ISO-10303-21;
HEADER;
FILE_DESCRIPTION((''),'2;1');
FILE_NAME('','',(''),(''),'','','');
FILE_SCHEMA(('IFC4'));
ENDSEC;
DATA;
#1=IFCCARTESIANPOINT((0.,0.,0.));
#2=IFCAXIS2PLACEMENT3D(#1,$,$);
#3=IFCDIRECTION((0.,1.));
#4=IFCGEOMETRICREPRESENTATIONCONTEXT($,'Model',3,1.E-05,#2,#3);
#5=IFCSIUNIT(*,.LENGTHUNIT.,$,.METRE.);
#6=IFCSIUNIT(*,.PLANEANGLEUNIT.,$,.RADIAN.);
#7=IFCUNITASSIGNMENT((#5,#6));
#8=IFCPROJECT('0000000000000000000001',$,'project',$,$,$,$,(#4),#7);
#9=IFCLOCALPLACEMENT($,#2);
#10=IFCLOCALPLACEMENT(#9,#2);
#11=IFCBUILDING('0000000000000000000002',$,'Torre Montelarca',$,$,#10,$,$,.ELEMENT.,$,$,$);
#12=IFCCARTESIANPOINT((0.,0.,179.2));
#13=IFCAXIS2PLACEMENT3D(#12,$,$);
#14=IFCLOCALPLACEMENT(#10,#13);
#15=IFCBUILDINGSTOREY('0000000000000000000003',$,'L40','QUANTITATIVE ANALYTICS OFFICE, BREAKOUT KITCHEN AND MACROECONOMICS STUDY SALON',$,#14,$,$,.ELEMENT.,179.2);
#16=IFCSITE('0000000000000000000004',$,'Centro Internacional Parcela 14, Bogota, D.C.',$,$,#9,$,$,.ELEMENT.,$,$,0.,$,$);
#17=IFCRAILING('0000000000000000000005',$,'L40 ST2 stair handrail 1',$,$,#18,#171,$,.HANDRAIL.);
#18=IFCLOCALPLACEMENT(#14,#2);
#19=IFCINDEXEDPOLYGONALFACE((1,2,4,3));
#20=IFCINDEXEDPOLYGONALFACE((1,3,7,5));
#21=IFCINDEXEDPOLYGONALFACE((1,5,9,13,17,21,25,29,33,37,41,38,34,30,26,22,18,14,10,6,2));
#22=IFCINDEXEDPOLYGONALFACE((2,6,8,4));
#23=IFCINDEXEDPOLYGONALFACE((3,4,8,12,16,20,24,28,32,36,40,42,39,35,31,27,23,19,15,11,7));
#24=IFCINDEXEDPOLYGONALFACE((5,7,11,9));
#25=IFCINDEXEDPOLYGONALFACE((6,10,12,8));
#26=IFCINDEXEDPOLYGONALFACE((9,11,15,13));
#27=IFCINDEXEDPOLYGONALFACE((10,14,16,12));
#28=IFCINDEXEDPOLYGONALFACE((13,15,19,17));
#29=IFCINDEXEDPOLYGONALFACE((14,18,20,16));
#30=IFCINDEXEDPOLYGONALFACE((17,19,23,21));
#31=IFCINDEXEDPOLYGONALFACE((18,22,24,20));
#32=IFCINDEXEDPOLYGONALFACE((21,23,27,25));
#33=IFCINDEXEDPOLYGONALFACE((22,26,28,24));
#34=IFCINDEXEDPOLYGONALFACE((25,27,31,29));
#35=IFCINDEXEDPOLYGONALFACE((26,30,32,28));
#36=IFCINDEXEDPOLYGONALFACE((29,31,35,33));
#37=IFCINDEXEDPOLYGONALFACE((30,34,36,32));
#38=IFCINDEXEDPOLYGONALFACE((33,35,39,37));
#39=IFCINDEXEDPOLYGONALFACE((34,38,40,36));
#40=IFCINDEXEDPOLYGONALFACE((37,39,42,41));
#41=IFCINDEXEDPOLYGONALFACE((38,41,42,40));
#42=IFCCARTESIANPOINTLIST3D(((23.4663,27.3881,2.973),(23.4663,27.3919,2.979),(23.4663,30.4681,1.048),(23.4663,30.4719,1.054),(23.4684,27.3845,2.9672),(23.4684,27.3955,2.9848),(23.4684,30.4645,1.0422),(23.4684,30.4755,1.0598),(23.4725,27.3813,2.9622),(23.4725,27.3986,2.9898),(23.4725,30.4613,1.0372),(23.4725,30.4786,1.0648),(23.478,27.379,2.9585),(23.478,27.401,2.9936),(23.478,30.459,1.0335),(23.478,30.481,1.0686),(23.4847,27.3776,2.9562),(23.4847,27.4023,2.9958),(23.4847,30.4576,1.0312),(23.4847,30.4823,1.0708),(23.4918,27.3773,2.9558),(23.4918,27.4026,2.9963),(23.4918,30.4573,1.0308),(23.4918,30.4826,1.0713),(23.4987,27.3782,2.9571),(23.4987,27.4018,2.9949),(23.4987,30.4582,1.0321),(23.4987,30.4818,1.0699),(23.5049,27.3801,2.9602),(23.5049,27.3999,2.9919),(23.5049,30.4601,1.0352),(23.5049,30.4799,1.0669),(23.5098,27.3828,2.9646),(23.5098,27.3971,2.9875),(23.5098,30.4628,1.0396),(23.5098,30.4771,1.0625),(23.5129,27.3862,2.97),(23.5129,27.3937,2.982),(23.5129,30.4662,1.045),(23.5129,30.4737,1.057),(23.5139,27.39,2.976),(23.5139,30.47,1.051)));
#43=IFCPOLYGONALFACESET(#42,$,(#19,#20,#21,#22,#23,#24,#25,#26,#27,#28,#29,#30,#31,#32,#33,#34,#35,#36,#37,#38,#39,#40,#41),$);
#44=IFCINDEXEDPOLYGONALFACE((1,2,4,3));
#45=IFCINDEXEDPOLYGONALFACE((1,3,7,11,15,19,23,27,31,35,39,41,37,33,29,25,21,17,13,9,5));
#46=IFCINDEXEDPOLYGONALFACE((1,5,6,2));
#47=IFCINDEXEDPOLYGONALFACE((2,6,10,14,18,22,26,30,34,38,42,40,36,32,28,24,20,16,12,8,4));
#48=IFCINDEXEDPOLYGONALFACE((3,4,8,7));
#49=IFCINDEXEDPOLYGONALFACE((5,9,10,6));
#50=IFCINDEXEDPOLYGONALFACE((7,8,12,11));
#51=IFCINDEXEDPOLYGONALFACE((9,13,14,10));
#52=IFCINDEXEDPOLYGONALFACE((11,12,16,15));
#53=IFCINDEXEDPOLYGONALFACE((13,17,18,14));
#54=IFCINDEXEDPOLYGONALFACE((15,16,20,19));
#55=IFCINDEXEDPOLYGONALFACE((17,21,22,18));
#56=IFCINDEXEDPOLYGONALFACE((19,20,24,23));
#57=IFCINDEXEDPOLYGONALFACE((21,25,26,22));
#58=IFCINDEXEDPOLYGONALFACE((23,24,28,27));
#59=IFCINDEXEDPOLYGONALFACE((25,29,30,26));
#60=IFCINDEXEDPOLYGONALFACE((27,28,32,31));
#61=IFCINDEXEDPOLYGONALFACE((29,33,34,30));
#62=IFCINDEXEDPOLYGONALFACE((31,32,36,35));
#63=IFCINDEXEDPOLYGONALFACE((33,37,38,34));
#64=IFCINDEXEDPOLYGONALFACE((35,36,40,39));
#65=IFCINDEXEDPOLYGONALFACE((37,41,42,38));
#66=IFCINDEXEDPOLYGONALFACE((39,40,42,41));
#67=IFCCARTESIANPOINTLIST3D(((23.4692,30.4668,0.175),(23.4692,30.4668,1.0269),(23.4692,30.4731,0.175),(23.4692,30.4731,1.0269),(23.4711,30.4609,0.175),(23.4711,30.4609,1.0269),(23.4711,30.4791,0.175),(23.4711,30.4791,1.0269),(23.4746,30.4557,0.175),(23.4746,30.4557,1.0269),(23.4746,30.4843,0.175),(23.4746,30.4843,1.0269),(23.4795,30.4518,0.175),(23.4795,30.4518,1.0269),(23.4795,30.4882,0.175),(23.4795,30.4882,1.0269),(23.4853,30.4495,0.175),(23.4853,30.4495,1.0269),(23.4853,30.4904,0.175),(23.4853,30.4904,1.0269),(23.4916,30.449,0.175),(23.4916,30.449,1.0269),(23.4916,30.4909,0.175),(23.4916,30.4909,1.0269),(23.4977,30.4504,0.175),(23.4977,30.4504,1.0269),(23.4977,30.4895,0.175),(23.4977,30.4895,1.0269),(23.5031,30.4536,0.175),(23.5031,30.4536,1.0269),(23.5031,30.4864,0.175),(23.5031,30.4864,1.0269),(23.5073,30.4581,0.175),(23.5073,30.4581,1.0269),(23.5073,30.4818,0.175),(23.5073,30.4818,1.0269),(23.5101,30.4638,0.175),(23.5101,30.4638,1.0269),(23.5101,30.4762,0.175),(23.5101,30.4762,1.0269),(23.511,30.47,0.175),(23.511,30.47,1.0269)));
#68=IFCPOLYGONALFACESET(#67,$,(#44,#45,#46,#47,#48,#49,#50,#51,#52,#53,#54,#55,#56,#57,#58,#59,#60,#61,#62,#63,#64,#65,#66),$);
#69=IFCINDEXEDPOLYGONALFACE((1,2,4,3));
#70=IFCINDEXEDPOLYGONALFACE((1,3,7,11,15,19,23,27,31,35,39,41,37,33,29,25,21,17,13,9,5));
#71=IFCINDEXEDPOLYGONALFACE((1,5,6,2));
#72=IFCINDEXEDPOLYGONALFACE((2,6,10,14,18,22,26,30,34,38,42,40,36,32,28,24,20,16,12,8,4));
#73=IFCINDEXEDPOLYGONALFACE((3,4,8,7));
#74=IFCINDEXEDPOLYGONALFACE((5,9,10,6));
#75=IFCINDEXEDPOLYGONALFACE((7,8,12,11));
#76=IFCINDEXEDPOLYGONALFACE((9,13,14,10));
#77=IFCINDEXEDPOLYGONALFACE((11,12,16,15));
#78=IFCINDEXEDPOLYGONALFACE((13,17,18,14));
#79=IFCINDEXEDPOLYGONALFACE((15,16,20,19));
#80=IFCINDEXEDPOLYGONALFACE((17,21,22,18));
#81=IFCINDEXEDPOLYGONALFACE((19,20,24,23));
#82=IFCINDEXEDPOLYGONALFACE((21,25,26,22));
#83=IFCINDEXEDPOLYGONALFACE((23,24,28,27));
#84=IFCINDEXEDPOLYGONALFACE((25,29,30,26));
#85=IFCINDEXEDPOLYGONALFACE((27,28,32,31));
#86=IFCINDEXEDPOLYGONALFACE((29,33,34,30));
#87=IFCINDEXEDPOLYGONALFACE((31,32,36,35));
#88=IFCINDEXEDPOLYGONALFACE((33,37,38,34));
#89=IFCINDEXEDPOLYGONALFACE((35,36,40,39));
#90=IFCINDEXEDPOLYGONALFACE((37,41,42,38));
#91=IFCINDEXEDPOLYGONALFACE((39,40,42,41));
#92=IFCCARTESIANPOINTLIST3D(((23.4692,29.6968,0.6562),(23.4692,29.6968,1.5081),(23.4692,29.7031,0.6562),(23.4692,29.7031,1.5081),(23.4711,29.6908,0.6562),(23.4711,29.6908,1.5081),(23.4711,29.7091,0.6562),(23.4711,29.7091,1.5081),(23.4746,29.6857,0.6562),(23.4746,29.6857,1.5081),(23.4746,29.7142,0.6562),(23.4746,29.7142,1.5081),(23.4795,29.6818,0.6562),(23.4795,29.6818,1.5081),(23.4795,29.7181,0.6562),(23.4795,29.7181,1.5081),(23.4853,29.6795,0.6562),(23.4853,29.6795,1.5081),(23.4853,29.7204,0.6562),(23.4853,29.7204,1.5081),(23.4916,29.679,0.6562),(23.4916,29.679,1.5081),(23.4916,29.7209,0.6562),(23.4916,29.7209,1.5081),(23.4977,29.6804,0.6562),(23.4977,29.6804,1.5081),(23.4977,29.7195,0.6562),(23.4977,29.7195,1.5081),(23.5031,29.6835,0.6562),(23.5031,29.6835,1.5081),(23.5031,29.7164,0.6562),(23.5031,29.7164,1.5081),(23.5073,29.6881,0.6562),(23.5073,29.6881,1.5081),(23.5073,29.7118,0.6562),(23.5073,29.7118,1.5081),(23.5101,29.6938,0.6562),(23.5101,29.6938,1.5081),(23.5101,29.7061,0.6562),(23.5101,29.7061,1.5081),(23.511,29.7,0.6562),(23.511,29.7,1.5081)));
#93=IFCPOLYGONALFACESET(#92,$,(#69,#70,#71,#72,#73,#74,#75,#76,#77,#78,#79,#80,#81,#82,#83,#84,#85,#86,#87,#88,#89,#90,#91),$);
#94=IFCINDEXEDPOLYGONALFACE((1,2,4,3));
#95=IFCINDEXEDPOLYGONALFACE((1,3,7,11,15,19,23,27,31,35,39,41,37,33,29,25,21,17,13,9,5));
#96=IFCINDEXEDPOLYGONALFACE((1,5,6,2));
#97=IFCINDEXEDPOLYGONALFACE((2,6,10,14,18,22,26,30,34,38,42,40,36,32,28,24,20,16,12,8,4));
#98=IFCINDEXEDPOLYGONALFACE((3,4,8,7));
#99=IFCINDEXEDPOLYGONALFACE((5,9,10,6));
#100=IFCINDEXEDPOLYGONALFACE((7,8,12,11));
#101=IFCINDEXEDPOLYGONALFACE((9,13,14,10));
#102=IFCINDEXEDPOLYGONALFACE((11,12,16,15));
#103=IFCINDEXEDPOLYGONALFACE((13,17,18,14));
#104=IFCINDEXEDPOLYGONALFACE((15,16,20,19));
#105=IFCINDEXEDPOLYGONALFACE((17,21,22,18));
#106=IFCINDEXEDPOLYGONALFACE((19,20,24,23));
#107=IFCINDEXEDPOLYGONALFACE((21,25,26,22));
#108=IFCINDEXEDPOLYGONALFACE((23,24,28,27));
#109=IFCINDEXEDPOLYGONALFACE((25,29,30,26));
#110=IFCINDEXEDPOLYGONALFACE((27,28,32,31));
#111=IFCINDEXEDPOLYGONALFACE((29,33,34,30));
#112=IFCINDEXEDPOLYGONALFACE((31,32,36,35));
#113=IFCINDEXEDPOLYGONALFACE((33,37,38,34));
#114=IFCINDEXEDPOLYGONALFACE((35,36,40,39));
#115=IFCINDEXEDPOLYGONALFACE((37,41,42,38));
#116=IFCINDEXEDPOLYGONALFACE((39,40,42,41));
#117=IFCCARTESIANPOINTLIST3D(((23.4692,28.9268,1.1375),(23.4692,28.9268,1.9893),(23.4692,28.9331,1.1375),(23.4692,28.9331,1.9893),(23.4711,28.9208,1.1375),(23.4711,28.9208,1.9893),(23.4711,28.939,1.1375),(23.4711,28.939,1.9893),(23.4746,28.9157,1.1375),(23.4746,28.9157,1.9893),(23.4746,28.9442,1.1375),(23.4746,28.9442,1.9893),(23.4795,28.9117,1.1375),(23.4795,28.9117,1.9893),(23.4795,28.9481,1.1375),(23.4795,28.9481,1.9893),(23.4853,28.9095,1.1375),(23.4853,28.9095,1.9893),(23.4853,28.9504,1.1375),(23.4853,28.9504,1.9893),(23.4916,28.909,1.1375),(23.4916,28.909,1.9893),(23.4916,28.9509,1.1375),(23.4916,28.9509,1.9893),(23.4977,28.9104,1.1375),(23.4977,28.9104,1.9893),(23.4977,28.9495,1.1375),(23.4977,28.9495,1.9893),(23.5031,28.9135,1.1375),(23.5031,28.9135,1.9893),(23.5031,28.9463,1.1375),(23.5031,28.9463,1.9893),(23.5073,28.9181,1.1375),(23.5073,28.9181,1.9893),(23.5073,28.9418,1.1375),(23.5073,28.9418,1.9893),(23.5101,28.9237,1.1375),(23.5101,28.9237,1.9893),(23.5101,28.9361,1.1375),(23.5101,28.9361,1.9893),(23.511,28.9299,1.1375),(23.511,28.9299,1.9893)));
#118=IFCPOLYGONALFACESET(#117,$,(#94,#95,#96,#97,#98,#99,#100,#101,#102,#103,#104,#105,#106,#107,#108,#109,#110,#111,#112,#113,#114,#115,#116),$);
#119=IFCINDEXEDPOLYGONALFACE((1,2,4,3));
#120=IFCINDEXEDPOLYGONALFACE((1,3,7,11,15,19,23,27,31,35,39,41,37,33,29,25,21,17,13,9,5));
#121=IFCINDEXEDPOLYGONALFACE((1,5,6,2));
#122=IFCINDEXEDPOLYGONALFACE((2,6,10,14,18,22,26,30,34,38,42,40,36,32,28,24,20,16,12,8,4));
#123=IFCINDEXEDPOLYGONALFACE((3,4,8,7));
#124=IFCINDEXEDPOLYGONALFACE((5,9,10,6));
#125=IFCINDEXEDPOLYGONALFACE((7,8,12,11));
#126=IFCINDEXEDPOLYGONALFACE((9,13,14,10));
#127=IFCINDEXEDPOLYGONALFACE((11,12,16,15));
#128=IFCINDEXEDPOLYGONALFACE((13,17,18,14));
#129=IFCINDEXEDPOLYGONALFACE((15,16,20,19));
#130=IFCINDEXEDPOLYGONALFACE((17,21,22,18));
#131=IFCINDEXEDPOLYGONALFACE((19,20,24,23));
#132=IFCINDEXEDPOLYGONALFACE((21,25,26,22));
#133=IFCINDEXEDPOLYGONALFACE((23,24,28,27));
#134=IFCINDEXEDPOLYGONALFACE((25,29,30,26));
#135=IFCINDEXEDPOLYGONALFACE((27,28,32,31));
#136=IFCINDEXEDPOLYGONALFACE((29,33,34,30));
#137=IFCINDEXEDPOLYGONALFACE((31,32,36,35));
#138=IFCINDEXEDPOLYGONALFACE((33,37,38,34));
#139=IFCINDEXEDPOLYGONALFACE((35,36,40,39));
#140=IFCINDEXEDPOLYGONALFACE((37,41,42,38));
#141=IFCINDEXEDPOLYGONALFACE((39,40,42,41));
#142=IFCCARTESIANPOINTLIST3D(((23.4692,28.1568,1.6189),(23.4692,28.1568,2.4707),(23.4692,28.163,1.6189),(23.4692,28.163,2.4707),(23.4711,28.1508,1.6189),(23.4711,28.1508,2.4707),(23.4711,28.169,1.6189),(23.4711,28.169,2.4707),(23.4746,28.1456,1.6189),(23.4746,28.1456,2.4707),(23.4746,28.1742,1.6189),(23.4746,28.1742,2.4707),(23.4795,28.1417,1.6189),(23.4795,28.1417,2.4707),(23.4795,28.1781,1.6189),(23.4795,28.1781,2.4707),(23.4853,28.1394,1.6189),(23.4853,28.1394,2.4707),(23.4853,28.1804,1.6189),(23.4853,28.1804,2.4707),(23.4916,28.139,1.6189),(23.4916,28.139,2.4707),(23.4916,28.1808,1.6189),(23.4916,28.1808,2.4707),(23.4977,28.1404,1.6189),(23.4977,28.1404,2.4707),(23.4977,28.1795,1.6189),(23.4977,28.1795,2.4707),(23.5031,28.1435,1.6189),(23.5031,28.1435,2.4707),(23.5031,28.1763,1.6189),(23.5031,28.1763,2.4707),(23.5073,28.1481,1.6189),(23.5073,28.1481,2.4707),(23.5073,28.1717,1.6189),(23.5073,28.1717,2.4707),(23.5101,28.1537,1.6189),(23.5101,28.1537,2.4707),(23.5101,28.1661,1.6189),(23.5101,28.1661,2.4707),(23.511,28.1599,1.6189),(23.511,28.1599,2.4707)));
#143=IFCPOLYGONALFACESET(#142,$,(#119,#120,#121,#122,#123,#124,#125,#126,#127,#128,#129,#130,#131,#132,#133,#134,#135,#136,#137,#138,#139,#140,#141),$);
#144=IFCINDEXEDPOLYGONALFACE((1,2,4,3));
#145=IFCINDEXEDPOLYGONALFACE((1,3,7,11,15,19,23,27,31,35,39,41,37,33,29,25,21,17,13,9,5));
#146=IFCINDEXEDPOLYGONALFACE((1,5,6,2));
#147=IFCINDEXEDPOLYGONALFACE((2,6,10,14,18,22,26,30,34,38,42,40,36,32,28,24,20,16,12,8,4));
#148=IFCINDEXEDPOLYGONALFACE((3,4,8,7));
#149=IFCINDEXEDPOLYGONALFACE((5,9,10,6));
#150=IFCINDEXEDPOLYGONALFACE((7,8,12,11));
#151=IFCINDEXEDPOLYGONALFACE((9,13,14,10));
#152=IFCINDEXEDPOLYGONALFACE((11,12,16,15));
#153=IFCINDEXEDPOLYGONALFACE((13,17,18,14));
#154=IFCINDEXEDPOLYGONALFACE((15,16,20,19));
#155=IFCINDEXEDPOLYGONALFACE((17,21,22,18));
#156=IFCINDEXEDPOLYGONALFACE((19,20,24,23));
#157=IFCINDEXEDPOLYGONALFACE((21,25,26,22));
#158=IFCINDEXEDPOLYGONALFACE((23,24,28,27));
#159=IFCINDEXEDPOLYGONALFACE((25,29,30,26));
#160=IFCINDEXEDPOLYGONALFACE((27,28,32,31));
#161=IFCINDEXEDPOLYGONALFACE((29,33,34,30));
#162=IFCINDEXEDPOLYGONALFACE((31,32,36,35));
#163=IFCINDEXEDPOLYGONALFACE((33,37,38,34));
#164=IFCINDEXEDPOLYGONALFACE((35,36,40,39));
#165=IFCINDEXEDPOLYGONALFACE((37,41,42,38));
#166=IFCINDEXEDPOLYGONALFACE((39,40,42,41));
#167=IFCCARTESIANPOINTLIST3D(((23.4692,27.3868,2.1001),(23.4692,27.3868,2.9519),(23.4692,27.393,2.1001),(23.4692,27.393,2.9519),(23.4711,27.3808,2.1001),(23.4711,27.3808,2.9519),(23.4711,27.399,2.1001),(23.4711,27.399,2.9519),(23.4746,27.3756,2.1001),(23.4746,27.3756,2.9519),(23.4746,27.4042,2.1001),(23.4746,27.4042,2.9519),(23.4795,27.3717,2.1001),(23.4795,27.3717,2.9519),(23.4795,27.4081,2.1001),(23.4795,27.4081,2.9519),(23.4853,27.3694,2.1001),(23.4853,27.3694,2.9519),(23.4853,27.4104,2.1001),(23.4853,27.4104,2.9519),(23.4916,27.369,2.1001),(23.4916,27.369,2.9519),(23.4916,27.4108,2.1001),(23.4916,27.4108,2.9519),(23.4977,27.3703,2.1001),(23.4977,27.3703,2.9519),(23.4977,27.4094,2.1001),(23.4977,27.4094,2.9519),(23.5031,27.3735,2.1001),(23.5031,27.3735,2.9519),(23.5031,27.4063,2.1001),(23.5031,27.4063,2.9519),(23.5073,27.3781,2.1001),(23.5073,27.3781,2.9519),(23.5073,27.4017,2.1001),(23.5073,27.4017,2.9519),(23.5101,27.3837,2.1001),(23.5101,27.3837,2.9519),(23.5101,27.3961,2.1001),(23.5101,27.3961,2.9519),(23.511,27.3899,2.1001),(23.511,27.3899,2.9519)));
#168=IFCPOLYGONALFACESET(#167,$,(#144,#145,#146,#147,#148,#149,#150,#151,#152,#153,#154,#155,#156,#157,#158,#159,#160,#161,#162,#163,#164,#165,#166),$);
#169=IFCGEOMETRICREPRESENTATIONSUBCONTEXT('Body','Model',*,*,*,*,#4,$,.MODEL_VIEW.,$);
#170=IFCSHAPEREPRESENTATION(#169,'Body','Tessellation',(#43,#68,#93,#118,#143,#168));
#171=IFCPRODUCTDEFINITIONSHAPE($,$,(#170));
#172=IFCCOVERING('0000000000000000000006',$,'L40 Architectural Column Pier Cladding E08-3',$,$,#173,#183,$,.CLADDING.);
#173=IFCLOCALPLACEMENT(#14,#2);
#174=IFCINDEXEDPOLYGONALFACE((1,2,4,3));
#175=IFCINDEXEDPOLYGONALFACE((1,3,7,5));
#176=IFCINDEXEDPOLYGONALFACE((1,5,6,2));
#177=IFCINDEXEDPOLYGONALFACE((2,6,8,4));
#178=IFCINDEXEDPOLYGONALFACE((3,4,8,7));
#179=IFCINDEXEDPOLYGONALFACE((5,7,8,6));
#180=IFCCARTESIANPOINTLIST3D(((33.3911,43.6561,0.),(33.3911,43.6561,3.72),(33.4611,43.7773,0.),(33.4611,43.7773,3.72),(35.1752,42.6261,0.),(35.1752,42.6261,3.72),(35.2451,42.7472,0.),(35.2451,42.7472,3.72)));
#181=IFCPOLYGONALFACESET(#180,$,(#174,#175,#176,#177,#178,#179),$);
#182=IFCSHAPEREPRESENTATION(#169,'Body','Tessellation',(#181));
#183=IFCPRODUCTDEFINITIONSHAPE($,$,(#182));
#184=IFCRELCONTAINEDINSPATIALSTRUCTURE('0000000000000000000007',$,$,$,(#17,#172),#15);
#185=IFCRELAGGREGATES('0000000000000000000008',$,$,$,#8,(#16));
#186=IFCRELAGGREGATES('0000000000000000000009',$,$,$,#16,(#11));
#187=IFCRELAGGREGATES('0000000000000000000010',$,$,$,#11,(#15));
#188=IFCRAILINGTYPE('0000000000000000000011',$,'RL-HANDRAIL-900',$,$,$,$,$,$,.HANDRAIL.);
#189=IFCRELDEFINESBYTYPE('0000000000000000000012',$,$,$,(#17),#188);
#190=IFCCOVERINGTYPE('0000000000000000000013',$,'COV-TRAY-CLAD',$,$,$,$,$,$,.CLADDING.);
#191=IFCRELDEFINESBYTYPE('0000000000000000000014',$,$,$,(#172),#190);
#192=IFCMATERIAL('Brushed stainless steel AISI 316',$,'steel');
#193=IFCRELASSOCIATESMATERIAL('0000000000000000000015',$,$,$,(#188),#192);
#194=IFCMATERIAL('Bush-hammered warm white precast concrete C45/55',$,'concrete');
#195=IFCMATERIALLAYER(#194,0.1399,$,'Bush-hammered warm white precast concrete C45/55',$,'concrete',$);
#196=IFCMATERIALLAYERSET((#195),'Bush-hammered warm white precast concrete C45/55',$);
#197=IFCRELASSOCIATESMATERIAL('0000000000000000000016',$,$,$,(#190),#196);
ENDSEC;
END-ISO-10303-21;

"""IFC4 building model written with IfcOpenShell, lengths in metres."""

from ifc_helpers import new_model, si_unit, direction, frame, origin, origin_2d, place, context, subcontext, project, spatial, rectangle, circle, extrude, source, transform, mapped, material, layer, layer_set, type_object, element, save


model = new_model("IFC4")

# Units and contexts
model_context = context("Model", 3, precision=1e-05, world=origin(), true_north=direction((0.0, 1.0)))
body_context = subcontext(model_context, "Body", "Model", "MODEL_VIEW")
ifc_project = project(units=[si_unit("LENGTHUNIT", "METRE"), si_unit("PLANEANGLEUNIT", "RADIAN")], contexts=[model_context])

# Site, building, storey
site_placement = place(None, origin())
site = spatial("IfcSite", under=ifc_project, at=site_placement, Name="Centro Internacional Parcela 14, Bogota, D.C.", CompositionType="ELEMENT", RefElevation=0.0)
building_placement = place(site_placement, origin())
building = spatial("IfcBuilding", under=site, at=building_placement, Name="Torre Montelarca", CompositionType="ELEMENT")
storey_placement = place(building_placement, frame((0.0, 0.0, 179.2)))
storey = spatial("IfcBuildingStorey", under=building, at=storey_placement, Name="L40", Description="QUANTITATIVE ANALYTICS OFFICE, BREAKOUT KITCHEN AND MACROECONOMICS STUDY SALON", CompositionType="ELEMENT", Elevation=179.2)

# Railing
ifc_material_1 = material(Name="Brushed stainless steel AISI 316", Category="steel")
railing_type_1 = type_object("IfcRailingType", Name="RL-HANDRAIL-900", PredefinedType="HANDRAIL", material=ifc_material_1)
railing_1_placement = place(storey_placement, frame((23.49, 30.47, 0.175)))
element("IfcRailing", 1, at=railing_1_placement, inside=storey, type_object=railing_type_1, Name="L40 ST2 stair handrail 1", PredefinedType="HANDRAIL", context=body_context, shape_type="SweptSolid", body=[
    extrude(circle(Radius=0.0239, at=origin_2d()), frame((0.0, 0.0, 0.876), z_axis=(0.0, -0.847998, 0.529999), x_axis=(1.0, 0.0, 0.0)), (0.0, 0.0, 1.0), 3.6321),
    extrude(circle(Radius=0.021, at=origin_2d()), origin(), (0.0, 0.0, 1.0), 0.8518),
    extrude(circle(Radius=0.021, at=origin_2d()), frame((0.0, -0.77, 0.4812)), (0.0, 0.0, 1.0), 0.8518),
    extrude(circle(Radius=0.021, at=origin_2d()), frame((0.0, -1.54, 0.9624)), (0.0, 0.0, 1.0), 0.8518),
    extrude(circle(Radius=0.021, at=origin_2d()), frame((0.0, -2.3101, 1.4438)), (0.0, 0.0, 1.0), 0.8518),
    extrude(circle(Radius=0.021, at=origin_2d()), frame((0.0, -3.0801, 1.925)), (0.0, 0.0, 1.0), 0.8518),
])

# Covering
ifc_material_2 = material(Name="Bush-hammered warm white precast concrete C45/55", Category="concrete")
ifc_layer_1 = layer(ifc_material_2, 0.1399, Name="Bush-hammered warm white precast concrete C45/55", Category="concrete")
ifc_layer_set_1 = layer_set([ifc_layer_1], Name="Bush-hammered warm white precast concrete C45/55")
covering_type = type_object("IfcCoveringType", Name="COV-TRAY-CLAD", PredefinedType="CLADDING", material=ifc_layer_set_1)
shared_shape_1 = source(origin(), body_context, "Body", "SweptSolid", [
    extrude(rectangle(XDim=2.0601, YDim=0.1399, at=origin_2d()), origin(), (0.0, 0.0, 1.0), 3.72),
])
covering_placement = place(storey_placement, frame((34.3181, 43.2017, 0.0), z_axis=(0.0, 0.0, 1.0), x_axis=(-0.866025, 0.5, 0.0)))
element("IfcCovering", 2, at=covering_placement, inside=storey, type_object=covering_type, Name="L40 Architectural Column Pier Cladding E08-3", PredefinedType="CLADDING", context=body_context, shape_type="MappedRepresentation", body=[
    mapped(shared_shape_1, transform((0.0, 0.0, 0.0), scale=1.0)),
])

save(model, "model.ifc")
